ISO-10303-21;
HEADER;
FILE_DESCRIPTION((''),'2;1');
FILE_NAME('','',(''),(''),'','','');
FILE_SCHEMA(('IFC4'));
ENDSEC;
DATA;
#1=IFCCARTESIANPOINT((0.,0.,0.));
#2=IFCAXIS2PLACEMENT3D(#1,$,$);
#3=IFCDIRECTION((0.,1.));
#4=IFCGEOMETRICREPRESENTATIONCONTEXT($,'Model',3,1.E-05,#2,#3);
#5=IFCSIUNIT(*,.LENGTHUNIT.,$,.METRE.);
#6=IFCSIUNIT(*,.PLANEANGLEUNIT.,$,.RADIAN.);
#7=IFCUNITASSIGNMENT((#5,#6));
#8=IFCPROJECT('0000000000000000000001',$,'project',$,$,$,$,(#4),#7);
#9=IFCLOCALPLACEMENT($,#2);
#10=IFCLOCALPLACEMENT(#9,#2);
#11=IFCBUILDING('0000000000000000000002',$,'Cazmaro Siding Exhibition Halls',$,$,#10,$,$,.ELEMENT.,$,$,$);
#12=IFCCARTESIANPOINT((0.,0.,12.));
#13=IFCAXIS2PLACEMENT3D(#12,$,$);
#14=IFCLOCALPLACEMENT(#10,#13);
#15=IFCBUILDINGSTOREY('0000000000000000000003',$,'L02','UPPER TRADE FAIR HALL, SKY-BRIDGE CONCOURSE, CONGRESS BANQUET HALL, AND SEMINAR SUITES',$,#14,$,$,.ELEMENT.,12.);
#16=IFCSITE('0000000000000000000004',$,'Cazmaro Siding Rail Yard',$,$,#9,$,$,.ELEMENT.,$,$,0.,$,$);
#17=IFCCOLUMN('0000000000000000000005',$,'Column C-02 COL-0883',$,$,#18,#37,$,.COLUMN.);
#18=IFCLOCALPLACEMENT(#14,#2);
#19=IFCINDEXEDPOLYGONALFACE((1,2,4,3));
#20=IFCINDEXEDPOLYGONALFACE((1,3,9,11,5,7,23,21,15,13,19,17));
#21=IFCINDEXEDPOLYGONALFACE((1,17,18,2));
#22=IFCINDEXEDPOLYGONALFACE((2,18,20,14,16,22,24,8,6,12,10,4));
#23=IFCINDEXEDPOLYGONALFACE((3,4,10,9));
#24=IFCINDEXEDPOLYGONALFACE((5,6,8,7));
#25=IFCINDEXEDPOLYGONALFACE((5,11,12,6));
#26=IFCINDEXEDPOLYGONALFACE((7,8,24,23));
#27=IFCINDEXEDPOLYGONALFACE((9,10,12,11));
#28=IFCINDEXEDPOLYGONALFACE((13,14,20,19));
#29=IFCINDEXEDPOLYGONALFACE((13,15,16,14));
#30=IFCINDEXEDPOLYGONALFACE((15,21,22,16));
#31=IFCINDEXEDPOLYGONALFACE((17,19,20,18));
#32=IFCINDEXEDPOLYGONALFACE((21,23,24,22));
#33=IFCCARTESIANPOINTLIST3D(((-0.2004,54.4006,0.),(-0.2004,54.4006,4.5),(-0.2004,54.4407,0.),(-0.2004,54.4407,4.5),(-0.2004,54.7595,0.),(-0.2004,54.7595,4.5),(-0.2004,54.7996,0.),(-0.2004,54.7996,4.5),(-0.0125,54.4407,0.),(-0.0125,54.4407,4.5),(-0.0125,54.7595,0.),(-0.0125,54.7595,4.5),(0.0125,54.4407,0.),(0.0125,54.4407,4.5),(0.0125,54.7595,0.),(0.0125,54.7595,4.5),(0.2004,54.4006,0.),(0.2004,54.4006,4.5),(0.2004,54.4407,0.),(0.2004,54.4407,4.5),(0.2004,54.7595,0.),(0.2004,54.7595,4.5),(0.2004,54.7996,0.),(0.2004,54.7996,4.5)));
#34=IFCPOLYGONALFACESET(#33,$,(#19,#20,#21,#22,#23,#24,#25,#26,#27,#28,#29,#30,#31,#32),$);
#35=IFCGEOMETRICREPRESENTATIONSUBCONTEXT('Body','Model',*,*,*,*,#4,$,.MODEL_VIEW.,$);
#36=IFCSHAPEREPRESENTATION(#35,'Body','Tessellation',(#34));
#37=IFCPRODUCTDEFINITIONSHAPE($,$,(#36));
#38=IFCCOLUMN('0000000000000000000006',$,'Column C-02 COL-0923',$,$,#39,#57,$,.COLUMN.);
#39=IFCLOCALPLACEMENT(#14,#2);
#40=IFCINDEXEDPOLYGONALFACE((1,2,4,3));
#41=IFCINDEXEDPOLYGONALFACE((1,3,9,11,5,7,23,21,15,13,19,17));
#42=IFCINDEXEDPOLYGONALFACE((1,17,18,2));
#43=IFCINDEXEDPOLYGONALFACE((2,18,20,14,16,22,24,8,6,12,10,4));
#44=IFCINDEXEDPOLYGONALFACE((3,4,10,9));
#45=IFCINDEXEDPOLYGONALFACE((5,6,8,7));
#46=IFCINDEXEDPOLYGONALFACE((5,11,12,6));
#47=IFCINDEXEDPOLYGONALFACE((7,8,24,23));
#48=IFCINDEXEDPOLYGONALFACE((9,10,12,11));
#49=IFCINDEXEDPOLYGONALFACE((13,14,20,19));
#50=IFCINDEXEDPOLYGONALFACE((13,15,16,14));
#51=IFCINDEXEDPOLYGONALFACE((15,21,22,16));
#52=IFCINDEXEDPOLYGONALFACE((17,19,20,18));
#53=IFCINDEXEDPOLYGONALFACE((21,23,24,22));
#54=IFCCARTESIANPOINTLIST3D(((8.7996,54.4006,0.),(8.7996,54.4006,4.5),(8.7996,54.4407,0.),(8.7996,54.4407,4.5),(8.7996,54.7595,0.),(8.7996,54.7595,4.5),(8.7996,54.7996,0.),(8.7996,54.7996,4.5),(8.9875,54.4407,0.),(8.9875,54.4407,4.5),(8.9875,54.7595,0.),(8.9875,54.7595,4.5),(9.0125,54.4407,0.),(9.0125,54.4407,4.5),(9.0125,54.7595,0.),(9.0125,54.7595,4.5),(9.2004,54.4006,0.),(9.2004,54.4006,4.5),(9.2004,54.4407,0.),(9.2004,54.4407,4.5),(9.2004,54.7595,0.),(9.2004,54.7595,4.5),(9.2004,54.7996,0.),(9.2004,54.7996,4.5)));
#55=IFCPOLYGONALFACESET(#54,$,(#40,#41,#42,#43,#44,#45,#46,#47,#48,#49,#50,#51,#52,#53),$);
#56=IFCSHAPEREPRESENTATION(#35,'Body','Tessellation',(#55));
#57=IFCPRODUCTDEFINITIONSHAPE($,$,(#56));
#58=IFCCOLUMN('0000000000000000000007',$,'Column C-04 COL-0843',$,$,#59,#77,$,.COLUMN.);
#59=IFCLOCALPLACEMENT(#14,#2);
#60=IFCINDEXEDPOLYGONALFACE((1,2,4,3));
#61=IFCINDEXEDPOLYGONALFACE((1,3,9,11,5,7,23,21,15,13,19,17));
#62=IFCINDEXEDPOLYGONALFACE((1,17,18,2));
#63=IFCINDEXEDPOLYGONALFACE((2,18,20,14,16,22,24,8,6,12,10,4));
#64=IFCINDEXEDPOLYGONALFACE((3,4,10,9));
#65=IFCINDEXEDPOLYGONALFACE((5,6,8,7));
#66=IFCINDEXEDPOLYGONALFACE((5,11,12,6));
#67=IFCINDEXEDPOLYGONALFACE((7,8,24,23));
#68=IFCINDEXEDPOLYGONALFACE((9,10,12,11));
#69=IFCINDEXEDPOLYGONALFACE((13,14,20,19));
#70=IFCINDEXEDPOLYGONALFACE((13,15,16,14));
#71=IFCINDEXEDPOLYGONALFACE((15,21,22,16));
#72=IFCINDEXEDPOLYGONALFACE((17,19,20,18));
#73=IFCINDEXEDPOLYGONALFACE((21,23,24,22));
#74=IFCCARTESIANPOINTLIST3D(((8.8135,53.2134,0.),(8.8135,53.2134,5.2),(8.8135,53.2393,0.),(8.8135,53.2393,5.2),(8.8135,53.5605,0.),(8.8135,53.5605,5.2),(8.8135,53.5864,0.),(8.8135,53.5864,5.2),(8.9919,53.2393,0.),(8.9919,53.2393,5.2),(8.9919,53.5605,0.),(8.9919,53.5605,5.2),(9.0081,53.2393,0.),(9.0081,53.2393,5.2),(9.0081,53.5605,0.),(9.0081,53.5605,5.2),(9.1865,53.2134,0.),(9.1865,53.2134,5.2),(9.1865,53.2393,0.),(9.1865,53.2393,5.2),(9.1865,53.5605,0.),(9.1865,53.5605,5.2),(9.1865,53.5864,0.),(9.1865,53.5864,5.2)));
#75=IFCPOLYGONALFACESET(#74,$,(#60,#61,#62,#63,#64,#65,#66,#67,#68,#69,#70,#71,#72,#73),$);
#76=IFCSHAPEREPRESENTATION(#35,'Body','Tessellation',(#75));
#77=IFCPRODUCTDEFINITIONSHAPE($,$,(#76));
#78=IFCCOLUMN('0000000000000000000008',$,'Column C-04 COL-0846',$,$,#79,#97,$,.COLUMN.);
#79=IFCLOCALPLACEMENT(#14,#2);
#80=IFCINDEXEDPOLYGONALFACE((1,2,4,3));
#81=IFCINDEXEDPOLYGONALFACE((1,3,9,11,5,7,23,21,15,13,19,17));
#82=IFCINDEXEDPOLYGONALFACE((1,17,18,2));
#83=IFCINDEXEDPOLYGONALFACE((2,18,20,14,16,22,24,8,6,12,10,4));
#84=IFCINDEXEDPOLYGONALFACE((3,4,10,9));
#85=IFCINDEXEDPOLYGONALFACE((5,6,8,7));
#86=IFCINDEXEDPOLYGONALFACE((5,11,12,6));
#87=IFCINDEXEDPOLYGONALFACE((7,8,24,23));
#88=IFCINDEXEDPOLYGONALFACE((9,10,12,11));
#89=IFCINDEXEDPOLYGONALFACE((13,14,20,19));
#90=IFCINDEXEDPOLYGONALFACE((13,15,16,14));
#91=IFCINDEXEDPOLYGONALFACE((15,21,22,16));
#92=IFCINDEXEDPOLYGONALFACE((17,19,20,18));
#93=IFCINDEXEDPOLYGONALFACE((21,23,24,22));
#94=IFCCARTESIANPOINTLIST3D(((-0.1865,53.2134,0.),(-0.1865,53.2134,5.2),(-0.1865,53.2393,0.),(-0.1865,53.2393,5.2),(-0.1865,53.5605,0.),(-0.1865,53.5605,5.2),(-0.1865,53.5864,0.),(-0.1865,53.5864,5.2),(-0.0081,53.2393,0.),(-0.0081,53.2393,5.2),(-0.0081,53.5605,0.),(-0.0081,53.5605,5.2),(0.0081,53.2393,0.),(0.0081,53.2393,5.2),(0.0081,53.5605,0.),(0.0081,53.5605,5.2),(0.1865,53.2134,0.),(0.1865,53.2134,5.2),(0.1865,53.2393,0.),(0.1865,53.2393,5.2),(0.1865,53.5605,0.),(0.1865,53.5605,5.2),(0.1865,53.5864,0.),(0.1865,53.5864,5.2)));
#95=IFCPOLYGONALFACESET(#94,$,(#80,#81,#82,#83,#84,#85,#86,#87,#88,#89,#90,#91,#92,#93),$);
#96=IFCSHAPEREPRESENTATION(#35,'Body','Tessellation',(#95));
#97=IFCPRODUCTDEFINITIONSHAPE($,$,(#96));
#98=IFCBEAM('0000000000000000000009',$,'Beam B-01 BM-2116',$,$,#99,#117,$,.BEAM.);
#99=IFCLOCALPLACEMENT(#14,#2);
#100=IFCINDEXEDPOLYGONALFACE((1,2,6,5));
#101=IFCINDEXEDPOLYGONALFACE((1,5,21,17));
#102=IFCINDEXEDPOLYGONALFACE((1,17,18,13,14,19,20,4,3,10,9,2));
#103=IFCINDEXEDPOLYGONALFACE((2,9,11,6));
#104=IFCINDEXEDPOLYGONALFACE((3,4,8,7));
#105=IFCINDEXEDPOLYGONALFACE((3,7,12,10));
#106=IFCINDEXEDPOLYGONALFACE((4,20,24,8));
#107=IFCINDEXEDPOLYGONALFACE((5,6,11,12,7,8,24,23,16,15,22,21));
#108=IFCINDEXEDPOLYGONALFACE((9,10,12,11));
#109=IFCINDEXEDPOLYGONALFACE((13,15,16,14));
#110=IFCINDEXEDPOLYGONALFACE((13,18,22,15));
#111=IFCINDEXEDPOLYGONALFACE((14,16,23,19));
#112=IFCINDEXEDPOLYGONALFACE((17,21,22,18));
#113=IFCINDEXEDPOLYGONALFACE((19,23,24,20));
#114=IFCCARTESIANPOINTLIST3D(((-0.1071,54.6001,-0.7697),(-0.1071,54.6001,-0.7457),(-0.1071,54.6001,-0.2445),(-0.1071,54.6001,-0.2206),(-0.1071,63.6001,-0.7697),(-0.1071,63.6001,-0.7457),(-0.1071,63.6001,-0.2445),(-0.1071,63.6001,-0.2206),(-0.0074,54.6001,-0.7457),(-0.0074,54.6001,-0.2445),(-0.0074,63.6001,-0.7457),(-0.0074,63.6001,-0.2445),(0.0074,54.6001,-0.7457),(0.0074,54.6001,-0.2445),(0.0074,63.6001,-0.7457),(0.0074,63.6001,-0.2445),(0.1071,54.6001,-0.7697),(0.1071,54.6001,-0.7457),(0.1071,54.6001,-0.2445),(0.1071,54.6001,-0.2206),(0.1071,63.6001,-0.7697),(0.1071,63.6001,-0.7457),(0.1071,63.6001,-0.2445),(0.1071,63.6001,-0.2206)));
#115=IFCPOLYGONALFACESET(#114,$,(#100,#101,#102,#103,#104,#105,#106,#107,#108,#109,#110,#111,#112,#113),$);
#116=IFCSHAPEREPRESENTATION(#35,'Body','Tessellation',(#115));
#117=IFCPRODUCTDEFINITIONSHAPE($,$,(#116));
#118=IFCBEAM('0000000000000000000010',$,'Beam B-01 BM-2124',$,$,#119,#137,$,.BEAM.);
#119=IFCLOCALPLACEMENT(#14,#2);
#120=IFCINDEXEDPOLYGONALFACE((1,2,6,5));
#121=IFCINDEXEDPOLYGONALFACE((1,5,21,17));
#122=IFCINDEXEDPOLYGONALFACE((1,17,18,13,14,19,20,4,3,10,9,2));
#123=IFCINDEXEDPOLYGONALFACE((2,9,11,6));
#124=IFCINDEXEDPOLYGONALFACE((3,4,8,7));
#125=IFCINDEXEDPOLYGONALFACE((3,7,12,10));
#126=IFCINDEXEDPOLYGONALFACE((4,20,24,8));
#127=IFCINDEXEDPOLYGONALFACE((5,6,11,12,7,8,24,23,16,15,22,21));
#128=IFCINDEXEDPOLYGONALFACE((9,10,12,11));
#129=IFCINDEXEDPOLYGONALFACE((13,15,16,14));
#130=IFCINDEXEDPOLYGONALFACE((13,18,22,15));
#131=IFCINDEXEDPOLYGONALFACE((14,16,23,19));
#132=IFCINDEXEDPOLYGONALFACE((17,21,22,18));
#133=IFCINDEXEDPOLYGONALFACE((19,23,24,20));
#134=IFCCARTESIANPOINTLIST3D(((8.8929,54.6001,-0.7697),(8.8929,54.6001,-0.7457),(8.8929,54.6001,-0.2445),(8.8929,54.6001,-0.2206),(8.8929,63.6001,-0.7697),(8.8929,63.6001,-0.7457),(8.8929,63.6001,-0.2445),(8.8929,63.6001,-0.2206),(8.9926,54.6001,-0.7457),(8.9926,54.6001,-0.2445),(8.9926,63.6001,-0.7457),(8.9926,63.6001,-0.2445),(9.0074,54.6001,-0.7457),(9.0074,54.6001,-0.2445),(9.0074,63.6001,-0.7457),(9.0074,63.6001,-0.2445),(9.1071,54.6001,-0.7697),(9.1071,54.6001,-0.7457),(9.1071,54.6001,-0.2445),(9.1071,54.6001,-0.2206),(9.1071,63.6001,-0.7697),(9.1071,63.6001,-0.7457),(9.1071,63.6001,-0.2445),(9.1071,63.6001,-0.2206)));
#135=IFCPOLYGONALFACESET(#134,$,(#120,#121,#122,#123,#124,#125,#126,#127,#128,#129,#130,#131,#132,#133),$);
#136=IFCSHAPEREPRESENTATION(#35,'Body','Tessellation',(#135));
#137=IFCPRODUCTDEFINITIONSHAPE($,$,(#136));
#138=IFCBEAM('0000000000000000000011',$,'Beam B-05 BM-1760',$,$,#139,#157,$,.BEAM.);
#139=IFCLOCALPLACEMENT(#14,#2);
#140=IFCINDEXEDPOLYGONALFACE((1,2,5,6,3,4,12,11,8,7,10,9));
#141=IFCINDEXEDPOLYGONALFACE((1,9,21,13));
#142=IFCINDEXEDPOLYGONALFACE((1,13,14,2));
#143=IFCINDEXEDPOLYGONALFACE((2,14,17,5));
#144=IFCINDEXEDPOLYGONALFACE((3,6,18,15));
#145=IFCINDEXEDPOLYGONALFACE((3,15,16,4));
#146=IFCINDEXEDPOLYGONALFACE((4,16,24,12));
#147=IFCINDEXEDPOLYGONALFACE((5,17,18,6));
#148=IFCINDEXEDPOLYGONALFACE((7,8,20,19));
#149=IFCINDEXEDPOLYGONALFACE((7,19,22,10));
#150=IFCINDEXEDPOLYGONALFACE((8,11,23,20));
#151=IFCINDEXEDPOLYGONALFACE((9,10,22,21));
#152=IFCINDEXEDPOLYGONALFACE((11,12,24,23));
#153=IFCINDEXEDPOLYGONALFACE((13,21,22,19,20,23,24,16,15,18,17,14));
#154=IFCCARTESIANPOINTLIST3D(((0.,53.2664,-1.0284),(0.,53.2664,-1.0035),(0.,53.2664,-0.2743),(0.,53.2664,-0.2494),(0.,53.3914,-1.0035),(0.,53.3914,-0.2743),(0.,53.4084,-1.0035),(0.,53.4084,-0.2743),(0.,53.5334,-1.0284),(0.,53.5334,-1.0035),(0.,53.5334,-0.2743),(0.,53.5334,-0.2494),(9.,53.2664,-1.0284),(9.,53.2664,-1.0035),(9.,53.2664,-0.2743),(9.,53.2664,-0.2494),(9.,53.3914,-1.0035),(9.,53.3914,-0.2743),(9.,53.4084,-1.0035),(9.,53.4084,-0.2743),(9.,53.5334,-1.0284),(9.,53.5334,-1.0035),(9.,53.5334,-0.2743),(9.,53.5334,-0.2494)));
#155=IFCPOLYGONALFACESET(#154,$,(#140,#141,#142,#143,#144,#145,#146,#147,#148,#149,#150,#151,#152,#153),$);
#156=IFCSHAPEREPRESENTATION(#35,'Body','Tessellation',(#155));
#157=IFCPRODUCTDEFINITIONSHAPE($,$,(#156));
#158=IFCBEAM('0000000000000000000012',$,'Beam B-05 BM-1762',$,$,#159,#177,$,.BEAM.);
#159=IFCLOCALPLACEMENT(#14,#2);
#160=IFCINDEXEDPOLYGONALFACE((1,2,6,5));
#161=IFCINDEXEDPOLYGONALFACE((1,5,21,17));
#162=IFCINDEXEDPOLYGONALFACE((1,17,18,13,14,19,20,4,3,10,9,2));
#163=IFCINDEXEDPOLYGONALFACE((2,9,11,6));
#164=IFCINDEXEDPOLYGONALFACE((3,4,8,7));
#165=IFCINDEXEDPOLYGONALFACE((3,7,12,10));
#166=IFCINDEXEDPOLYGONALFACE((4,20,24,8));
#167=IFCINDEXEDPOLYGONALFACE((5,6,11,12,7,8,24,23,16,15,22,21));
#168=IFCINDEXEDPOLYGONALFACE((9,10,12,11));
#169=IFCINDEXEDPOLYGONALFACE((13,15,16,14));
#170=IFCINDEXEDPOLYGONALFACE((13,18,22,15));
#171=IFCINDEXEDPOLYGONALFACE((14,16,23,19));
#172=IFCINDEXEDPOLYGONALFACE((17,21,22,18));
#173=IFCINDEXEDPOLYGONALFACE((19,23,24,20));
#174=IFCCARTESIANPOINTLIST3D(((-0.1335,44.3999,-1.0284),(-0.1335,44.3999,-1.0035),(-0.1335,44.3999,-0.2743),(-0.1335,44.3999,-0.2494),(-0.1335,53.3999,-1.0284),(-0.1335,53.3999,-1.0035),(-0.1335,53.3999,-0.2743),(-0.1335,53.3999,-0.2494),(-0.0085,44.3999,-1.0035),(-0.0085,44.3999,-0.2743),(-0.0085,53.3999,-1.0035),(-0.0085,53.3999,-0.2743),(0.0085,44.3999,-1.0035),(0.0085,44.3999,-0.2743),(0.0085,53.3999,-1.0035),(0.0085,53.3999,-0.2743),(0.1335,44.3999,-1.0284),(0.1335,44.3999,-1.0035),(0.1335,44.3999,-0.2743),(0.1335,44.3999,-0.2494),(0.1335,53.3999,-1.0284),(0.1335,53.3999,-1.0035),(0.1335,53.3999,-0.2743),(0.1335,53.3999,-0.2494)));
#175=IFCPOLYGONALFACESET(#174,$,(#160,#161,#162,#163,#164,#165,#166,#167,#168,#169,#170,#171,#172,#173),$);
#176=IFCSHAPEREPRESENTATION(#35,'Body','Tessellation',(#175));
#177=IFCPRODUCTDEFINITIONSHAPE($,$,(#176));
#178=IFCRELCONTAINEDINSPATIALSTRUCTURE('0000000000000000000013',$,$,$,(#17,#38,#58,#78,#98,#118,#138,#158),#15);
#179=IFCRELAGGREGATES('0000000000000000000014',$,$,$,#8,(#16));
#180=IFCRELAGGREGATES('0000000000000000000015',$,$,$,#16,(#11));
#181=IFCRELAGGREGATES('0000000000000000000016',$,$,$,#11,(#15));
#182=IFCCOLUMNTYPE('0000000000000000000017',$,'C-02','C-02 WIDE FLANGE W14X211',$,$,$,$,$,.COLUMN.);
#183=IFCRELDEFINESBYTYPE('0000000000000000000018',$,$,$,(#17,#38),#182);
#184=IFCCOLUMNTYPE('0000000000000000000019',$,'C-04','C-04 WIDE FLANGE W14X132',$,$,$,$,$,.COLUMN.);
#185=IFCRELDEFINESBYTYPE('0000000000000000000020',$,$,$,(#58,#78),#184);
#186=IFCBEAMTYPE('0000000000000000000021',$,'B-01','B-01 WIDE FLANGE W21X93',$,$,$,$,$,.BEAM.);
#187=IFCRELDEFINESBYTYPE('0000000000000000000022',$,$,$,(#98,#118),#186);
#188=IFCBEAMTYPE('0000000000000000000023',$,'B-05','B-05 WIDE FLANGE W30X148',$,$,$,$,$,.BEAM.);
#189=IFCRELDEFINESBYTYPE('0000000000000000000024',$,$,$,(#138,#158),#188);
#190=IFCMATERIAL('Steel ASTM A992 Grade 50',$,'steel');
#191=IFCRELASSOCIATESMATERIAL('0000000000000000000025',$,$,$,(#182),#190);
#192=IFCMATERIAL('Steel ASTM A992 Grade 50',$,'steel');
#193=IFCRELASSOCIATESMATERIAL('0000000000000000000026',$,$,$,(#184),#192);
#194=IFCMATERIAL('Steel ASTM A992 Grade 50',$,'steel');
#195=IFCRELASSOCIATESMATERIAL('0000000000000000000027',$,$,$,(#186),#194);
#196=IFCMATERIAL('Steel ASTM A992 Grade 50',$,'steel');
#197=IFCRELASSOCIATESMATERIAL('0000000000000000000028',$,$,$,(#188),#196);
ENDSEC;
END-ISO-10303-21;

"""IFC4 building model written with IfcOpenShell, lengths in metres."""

from ifc_helpers import new_model, si_unit, direction, frame, origin, origin_2d, place, context, subcontext, project, spatial, i_section, extrude, material, material_profile, profile_set, type_object, element, save


model = new_model("IFC4")

# Units and contexts
model_context = context("Model", 3, precision=1e-05, world=origin(), true_north=direction((0.0, 1.0)))
body_context = subcontext(model_context, "Body", "Model", "MODEL_VIEW")
ifc_project = project(units=[si_unit("LENGTHUNIT", "METRE"), si_unit("PLANEANGLEUNIT", "RADIAN")], contexts=[model_context])

# Site, building, storey
site_placement = place(None, origin())
site = spatial("IfcSite", under=ifc_project, at=site_placement, Name="Cazmaro Siding Rail Yard", CompositionType="ELEMENT", RefElevation=0.0)
building_placement = place(site_placement, origin())
building = spatial("IfcBuilding", under=site, at=building_placement, Name="Cazmaro Siding Exhibition Halls", CompositionType="ELEMENT")
storey_placement = place(building_placement, frame((0.0, 0.0, 12.0)))
storey = spatial("IfcBuildingStorey", under=building, at=storey_placement, Name="L02", Description="UPPER TRADE FAIR HALL, SKY-BRIDGE CONCOURSE, CONGRESS BANQUET HALL, AND SEMINAR SUITES", CompositionType="ELEMENT", Elevation=12.0)

# Columns
ifc_material_1 = material(Name="Steel ASTM A992 Grade 50", Category="steel")
ifc_material_profile_1 = material_profile(ifc_material_1, i_section(OverallWidth=0.4009, OverallDepth=0.3989, WebThickness=0.0249, FlangeThickness=0.04, at=origin_2d()), Name="W14X211")
ifc_profile_set_1 = profile_set([ifc_material_profile_1], Name="Steel ASTM A992 Grade 50")
column_type_1 = type_object("IfcColumnType", Name="C-02", Description="C-02 WIDE FLANGE W14X211", PredefinedType="COLUMN", material=ifc_profile_set_1)
for number, where, z_axis, x_axis, name in (
    (1, (0.0, 54.6001, 0.0), (0.0, 0.0, 1.0), (1.0, 0.0, 0.0), "Column C-02 COL-0883"),
    (2, (9.0, 54.6001, 0.0), (0.0, 0.0, 1.0), (1.0, 0.0, 0.0), "Column C-02 COL-0923"),
):
    element("IfcColumn", number, at=place(storey_placement, frame(where, z_axis=z_axis, x_axis=x_axis)), inside=storey, type_object=column_type_1, Name=name, PredefinedType="COLUMN", context=body_context, shape_type="SweptSolid", body=[
        extrude(i_section(OverallWidth=0.4009, OverallDepth=0.3989, WebThickness=0.0249, FlangeThickness=0.04, at=origin_2d()), origin(), (0.0, 0.0, 1.0), 4.5),
    ])
ifc_material_2 = material(Name="Steel ASTM A992 Grade 50", Category="steel")
ifc_material_profile_2 = material_profile(ifc_material_2, i_section(OverallWidth=0.373, OverallDepth=0.373, WebThickness=0.0161, FlangeThickness=0.0259, at=origin_2d()), Name="W14X132")
ifc_profile_set_2 = profile_set([ifc_material_profile_2], Name="Steel ASTM A992 Grade 50")
column_type_2 = type_object("IfcColumnType", Name="C-04", Description="C-04 WIDE FLANGE W14X132", PredefinedType="COLUMN", material=ifc_profile_set_2)
for number, where, z_axis, x_axis, name in (
    (3, (9.0, 53.3999, 0.0), (0.0, 0.0, 1.0), (1.0, 0.0, 0.0), "Column C-04 COL-0843"),
    (4, (0.0, 53.3999, 0.0), (0.0, 0.0, 1.0), (1.0, 0.0, 0.0), "Column C-04 COL-0846"),
):
    element("IfcColumn", number, at=place(storey_placement, frame(where, z_axis=z_axis, x_axis=x_axis)), inside=storey, type_object=column_type_2, Name=name, PredefinedType="COLUMN", context=body_context, shape_type="SweptSolid", body=[
        extrude(i_section(OverallWidth=0.373, OverallDepth=0.373, WebThickness=0.0161, FlangeThickness=0.0259, at=origin_2d()), origin(), (0.0, 0.0, 1.0), 5.2),
    ])

# Beams
ifc_material_3 = material(Name="Steel ASTM A992 Grade 50", Category="steel")
ifc_material_profile_3 = material_profile(ifc_material_3, i_section(OverallWidth=0.2141, OverallDepth=0.5491, WebThickness=0.0149, FlangeThickness=0.0239, at=origin_2d()), Name="W21X93")
ifc_profile_set_3 = profile_set([ifc_material_profile_3], Name="Steel ASTM A992 Grade 50")
beam_type_1 = type_object("IfcBeamType", Name="B-01", Description="B-01 WIDE FLANGE W21X93", PredefinedType="BEAM", material=ifc_profile_set_3)
for number, where, z_axis, x_axis, name in (
    (5, (0.0, 54.6001, -0.4951), (0.0, 1.0, 0.0), (-1.0, 0.0, 0.0), "Beam B-01 BM-2116"),
    (6, (9.0, 54.6001, -0.4951), (0.0, 1.0, 0.0), (-1.0, 0.0, 0.0), "Beam B-01 BM-2124"),
):
    element("IfcBeam", number, at=place(storey_placement, frame(where, z_axis=z_axis, x_axis=x_axis)), inside=storey, type_object=beam_type_1, Name=name, PredefinedType="BEAM", context=body_context, shape_type="SweptSolid", body=[
        extrude(i_section(OverallWidth=0.2141, OverallDepth=0.5491, WebThickness=0.0149, FlangeThickness=0.0239, at=origin_2d()), origin(), (0.0, 0.0, 1.0), 9.0),
    ])
ifc_material_4 = material(Name="Steel ASTM A992 Grade 50", Category="steel")
ifc_material_profile_4 = material_profile(ifc_material_4, i_section(OverallWidth=0.2671, OverallDepth=0.7791, WebThickness=0.0171, FlangeThickness=0.0249, at=origin_2d()), Name="W30X148")
ifc_profile_set_4 = profile_set([ifc_material_profile_4], Name="Steel ASTM A992 Grade 50")
beam_type_2 = type_object("IfcBeamType", Name="B-05", Description="B-05 WIDE FLANGE W30X148", PredefinedType="BEAM", material=ifc_profile_set_4)
for number, where, z_axis, x_axis, name in (
    (7, (9.0, 53.3999, -0.6389), (-1.0, 0.0, 0.0), (0.0, -1.0, 0.0), "Beam B-05 BM-1760"),
    (8, (0.0, 53.3999, -0.6389), (0.0, -1.0, 0.0), (1.0, 0.0, 0.0), "Beam B-05 BM-1762"),
):
    element("IfcBeam", number, at=place(storey_placement, frame(where, z_axis=z_axis, x_axis=x_axis)), inside=storey, type_object=beam_type_2, Name=name, PredefinedType="BEAM", context=body_context, shape_type="SweptSolid", body=[
        extrude(i_section(OverallWidth=0.2671, OverallDepth=0.7791, WebThickness=0.0171, FlangeThickness=0.0249, at=origin_2d()), origin(), (0.0, 0.0, 1.0), 9.0),
    ])

save(model, "model.ifc")
